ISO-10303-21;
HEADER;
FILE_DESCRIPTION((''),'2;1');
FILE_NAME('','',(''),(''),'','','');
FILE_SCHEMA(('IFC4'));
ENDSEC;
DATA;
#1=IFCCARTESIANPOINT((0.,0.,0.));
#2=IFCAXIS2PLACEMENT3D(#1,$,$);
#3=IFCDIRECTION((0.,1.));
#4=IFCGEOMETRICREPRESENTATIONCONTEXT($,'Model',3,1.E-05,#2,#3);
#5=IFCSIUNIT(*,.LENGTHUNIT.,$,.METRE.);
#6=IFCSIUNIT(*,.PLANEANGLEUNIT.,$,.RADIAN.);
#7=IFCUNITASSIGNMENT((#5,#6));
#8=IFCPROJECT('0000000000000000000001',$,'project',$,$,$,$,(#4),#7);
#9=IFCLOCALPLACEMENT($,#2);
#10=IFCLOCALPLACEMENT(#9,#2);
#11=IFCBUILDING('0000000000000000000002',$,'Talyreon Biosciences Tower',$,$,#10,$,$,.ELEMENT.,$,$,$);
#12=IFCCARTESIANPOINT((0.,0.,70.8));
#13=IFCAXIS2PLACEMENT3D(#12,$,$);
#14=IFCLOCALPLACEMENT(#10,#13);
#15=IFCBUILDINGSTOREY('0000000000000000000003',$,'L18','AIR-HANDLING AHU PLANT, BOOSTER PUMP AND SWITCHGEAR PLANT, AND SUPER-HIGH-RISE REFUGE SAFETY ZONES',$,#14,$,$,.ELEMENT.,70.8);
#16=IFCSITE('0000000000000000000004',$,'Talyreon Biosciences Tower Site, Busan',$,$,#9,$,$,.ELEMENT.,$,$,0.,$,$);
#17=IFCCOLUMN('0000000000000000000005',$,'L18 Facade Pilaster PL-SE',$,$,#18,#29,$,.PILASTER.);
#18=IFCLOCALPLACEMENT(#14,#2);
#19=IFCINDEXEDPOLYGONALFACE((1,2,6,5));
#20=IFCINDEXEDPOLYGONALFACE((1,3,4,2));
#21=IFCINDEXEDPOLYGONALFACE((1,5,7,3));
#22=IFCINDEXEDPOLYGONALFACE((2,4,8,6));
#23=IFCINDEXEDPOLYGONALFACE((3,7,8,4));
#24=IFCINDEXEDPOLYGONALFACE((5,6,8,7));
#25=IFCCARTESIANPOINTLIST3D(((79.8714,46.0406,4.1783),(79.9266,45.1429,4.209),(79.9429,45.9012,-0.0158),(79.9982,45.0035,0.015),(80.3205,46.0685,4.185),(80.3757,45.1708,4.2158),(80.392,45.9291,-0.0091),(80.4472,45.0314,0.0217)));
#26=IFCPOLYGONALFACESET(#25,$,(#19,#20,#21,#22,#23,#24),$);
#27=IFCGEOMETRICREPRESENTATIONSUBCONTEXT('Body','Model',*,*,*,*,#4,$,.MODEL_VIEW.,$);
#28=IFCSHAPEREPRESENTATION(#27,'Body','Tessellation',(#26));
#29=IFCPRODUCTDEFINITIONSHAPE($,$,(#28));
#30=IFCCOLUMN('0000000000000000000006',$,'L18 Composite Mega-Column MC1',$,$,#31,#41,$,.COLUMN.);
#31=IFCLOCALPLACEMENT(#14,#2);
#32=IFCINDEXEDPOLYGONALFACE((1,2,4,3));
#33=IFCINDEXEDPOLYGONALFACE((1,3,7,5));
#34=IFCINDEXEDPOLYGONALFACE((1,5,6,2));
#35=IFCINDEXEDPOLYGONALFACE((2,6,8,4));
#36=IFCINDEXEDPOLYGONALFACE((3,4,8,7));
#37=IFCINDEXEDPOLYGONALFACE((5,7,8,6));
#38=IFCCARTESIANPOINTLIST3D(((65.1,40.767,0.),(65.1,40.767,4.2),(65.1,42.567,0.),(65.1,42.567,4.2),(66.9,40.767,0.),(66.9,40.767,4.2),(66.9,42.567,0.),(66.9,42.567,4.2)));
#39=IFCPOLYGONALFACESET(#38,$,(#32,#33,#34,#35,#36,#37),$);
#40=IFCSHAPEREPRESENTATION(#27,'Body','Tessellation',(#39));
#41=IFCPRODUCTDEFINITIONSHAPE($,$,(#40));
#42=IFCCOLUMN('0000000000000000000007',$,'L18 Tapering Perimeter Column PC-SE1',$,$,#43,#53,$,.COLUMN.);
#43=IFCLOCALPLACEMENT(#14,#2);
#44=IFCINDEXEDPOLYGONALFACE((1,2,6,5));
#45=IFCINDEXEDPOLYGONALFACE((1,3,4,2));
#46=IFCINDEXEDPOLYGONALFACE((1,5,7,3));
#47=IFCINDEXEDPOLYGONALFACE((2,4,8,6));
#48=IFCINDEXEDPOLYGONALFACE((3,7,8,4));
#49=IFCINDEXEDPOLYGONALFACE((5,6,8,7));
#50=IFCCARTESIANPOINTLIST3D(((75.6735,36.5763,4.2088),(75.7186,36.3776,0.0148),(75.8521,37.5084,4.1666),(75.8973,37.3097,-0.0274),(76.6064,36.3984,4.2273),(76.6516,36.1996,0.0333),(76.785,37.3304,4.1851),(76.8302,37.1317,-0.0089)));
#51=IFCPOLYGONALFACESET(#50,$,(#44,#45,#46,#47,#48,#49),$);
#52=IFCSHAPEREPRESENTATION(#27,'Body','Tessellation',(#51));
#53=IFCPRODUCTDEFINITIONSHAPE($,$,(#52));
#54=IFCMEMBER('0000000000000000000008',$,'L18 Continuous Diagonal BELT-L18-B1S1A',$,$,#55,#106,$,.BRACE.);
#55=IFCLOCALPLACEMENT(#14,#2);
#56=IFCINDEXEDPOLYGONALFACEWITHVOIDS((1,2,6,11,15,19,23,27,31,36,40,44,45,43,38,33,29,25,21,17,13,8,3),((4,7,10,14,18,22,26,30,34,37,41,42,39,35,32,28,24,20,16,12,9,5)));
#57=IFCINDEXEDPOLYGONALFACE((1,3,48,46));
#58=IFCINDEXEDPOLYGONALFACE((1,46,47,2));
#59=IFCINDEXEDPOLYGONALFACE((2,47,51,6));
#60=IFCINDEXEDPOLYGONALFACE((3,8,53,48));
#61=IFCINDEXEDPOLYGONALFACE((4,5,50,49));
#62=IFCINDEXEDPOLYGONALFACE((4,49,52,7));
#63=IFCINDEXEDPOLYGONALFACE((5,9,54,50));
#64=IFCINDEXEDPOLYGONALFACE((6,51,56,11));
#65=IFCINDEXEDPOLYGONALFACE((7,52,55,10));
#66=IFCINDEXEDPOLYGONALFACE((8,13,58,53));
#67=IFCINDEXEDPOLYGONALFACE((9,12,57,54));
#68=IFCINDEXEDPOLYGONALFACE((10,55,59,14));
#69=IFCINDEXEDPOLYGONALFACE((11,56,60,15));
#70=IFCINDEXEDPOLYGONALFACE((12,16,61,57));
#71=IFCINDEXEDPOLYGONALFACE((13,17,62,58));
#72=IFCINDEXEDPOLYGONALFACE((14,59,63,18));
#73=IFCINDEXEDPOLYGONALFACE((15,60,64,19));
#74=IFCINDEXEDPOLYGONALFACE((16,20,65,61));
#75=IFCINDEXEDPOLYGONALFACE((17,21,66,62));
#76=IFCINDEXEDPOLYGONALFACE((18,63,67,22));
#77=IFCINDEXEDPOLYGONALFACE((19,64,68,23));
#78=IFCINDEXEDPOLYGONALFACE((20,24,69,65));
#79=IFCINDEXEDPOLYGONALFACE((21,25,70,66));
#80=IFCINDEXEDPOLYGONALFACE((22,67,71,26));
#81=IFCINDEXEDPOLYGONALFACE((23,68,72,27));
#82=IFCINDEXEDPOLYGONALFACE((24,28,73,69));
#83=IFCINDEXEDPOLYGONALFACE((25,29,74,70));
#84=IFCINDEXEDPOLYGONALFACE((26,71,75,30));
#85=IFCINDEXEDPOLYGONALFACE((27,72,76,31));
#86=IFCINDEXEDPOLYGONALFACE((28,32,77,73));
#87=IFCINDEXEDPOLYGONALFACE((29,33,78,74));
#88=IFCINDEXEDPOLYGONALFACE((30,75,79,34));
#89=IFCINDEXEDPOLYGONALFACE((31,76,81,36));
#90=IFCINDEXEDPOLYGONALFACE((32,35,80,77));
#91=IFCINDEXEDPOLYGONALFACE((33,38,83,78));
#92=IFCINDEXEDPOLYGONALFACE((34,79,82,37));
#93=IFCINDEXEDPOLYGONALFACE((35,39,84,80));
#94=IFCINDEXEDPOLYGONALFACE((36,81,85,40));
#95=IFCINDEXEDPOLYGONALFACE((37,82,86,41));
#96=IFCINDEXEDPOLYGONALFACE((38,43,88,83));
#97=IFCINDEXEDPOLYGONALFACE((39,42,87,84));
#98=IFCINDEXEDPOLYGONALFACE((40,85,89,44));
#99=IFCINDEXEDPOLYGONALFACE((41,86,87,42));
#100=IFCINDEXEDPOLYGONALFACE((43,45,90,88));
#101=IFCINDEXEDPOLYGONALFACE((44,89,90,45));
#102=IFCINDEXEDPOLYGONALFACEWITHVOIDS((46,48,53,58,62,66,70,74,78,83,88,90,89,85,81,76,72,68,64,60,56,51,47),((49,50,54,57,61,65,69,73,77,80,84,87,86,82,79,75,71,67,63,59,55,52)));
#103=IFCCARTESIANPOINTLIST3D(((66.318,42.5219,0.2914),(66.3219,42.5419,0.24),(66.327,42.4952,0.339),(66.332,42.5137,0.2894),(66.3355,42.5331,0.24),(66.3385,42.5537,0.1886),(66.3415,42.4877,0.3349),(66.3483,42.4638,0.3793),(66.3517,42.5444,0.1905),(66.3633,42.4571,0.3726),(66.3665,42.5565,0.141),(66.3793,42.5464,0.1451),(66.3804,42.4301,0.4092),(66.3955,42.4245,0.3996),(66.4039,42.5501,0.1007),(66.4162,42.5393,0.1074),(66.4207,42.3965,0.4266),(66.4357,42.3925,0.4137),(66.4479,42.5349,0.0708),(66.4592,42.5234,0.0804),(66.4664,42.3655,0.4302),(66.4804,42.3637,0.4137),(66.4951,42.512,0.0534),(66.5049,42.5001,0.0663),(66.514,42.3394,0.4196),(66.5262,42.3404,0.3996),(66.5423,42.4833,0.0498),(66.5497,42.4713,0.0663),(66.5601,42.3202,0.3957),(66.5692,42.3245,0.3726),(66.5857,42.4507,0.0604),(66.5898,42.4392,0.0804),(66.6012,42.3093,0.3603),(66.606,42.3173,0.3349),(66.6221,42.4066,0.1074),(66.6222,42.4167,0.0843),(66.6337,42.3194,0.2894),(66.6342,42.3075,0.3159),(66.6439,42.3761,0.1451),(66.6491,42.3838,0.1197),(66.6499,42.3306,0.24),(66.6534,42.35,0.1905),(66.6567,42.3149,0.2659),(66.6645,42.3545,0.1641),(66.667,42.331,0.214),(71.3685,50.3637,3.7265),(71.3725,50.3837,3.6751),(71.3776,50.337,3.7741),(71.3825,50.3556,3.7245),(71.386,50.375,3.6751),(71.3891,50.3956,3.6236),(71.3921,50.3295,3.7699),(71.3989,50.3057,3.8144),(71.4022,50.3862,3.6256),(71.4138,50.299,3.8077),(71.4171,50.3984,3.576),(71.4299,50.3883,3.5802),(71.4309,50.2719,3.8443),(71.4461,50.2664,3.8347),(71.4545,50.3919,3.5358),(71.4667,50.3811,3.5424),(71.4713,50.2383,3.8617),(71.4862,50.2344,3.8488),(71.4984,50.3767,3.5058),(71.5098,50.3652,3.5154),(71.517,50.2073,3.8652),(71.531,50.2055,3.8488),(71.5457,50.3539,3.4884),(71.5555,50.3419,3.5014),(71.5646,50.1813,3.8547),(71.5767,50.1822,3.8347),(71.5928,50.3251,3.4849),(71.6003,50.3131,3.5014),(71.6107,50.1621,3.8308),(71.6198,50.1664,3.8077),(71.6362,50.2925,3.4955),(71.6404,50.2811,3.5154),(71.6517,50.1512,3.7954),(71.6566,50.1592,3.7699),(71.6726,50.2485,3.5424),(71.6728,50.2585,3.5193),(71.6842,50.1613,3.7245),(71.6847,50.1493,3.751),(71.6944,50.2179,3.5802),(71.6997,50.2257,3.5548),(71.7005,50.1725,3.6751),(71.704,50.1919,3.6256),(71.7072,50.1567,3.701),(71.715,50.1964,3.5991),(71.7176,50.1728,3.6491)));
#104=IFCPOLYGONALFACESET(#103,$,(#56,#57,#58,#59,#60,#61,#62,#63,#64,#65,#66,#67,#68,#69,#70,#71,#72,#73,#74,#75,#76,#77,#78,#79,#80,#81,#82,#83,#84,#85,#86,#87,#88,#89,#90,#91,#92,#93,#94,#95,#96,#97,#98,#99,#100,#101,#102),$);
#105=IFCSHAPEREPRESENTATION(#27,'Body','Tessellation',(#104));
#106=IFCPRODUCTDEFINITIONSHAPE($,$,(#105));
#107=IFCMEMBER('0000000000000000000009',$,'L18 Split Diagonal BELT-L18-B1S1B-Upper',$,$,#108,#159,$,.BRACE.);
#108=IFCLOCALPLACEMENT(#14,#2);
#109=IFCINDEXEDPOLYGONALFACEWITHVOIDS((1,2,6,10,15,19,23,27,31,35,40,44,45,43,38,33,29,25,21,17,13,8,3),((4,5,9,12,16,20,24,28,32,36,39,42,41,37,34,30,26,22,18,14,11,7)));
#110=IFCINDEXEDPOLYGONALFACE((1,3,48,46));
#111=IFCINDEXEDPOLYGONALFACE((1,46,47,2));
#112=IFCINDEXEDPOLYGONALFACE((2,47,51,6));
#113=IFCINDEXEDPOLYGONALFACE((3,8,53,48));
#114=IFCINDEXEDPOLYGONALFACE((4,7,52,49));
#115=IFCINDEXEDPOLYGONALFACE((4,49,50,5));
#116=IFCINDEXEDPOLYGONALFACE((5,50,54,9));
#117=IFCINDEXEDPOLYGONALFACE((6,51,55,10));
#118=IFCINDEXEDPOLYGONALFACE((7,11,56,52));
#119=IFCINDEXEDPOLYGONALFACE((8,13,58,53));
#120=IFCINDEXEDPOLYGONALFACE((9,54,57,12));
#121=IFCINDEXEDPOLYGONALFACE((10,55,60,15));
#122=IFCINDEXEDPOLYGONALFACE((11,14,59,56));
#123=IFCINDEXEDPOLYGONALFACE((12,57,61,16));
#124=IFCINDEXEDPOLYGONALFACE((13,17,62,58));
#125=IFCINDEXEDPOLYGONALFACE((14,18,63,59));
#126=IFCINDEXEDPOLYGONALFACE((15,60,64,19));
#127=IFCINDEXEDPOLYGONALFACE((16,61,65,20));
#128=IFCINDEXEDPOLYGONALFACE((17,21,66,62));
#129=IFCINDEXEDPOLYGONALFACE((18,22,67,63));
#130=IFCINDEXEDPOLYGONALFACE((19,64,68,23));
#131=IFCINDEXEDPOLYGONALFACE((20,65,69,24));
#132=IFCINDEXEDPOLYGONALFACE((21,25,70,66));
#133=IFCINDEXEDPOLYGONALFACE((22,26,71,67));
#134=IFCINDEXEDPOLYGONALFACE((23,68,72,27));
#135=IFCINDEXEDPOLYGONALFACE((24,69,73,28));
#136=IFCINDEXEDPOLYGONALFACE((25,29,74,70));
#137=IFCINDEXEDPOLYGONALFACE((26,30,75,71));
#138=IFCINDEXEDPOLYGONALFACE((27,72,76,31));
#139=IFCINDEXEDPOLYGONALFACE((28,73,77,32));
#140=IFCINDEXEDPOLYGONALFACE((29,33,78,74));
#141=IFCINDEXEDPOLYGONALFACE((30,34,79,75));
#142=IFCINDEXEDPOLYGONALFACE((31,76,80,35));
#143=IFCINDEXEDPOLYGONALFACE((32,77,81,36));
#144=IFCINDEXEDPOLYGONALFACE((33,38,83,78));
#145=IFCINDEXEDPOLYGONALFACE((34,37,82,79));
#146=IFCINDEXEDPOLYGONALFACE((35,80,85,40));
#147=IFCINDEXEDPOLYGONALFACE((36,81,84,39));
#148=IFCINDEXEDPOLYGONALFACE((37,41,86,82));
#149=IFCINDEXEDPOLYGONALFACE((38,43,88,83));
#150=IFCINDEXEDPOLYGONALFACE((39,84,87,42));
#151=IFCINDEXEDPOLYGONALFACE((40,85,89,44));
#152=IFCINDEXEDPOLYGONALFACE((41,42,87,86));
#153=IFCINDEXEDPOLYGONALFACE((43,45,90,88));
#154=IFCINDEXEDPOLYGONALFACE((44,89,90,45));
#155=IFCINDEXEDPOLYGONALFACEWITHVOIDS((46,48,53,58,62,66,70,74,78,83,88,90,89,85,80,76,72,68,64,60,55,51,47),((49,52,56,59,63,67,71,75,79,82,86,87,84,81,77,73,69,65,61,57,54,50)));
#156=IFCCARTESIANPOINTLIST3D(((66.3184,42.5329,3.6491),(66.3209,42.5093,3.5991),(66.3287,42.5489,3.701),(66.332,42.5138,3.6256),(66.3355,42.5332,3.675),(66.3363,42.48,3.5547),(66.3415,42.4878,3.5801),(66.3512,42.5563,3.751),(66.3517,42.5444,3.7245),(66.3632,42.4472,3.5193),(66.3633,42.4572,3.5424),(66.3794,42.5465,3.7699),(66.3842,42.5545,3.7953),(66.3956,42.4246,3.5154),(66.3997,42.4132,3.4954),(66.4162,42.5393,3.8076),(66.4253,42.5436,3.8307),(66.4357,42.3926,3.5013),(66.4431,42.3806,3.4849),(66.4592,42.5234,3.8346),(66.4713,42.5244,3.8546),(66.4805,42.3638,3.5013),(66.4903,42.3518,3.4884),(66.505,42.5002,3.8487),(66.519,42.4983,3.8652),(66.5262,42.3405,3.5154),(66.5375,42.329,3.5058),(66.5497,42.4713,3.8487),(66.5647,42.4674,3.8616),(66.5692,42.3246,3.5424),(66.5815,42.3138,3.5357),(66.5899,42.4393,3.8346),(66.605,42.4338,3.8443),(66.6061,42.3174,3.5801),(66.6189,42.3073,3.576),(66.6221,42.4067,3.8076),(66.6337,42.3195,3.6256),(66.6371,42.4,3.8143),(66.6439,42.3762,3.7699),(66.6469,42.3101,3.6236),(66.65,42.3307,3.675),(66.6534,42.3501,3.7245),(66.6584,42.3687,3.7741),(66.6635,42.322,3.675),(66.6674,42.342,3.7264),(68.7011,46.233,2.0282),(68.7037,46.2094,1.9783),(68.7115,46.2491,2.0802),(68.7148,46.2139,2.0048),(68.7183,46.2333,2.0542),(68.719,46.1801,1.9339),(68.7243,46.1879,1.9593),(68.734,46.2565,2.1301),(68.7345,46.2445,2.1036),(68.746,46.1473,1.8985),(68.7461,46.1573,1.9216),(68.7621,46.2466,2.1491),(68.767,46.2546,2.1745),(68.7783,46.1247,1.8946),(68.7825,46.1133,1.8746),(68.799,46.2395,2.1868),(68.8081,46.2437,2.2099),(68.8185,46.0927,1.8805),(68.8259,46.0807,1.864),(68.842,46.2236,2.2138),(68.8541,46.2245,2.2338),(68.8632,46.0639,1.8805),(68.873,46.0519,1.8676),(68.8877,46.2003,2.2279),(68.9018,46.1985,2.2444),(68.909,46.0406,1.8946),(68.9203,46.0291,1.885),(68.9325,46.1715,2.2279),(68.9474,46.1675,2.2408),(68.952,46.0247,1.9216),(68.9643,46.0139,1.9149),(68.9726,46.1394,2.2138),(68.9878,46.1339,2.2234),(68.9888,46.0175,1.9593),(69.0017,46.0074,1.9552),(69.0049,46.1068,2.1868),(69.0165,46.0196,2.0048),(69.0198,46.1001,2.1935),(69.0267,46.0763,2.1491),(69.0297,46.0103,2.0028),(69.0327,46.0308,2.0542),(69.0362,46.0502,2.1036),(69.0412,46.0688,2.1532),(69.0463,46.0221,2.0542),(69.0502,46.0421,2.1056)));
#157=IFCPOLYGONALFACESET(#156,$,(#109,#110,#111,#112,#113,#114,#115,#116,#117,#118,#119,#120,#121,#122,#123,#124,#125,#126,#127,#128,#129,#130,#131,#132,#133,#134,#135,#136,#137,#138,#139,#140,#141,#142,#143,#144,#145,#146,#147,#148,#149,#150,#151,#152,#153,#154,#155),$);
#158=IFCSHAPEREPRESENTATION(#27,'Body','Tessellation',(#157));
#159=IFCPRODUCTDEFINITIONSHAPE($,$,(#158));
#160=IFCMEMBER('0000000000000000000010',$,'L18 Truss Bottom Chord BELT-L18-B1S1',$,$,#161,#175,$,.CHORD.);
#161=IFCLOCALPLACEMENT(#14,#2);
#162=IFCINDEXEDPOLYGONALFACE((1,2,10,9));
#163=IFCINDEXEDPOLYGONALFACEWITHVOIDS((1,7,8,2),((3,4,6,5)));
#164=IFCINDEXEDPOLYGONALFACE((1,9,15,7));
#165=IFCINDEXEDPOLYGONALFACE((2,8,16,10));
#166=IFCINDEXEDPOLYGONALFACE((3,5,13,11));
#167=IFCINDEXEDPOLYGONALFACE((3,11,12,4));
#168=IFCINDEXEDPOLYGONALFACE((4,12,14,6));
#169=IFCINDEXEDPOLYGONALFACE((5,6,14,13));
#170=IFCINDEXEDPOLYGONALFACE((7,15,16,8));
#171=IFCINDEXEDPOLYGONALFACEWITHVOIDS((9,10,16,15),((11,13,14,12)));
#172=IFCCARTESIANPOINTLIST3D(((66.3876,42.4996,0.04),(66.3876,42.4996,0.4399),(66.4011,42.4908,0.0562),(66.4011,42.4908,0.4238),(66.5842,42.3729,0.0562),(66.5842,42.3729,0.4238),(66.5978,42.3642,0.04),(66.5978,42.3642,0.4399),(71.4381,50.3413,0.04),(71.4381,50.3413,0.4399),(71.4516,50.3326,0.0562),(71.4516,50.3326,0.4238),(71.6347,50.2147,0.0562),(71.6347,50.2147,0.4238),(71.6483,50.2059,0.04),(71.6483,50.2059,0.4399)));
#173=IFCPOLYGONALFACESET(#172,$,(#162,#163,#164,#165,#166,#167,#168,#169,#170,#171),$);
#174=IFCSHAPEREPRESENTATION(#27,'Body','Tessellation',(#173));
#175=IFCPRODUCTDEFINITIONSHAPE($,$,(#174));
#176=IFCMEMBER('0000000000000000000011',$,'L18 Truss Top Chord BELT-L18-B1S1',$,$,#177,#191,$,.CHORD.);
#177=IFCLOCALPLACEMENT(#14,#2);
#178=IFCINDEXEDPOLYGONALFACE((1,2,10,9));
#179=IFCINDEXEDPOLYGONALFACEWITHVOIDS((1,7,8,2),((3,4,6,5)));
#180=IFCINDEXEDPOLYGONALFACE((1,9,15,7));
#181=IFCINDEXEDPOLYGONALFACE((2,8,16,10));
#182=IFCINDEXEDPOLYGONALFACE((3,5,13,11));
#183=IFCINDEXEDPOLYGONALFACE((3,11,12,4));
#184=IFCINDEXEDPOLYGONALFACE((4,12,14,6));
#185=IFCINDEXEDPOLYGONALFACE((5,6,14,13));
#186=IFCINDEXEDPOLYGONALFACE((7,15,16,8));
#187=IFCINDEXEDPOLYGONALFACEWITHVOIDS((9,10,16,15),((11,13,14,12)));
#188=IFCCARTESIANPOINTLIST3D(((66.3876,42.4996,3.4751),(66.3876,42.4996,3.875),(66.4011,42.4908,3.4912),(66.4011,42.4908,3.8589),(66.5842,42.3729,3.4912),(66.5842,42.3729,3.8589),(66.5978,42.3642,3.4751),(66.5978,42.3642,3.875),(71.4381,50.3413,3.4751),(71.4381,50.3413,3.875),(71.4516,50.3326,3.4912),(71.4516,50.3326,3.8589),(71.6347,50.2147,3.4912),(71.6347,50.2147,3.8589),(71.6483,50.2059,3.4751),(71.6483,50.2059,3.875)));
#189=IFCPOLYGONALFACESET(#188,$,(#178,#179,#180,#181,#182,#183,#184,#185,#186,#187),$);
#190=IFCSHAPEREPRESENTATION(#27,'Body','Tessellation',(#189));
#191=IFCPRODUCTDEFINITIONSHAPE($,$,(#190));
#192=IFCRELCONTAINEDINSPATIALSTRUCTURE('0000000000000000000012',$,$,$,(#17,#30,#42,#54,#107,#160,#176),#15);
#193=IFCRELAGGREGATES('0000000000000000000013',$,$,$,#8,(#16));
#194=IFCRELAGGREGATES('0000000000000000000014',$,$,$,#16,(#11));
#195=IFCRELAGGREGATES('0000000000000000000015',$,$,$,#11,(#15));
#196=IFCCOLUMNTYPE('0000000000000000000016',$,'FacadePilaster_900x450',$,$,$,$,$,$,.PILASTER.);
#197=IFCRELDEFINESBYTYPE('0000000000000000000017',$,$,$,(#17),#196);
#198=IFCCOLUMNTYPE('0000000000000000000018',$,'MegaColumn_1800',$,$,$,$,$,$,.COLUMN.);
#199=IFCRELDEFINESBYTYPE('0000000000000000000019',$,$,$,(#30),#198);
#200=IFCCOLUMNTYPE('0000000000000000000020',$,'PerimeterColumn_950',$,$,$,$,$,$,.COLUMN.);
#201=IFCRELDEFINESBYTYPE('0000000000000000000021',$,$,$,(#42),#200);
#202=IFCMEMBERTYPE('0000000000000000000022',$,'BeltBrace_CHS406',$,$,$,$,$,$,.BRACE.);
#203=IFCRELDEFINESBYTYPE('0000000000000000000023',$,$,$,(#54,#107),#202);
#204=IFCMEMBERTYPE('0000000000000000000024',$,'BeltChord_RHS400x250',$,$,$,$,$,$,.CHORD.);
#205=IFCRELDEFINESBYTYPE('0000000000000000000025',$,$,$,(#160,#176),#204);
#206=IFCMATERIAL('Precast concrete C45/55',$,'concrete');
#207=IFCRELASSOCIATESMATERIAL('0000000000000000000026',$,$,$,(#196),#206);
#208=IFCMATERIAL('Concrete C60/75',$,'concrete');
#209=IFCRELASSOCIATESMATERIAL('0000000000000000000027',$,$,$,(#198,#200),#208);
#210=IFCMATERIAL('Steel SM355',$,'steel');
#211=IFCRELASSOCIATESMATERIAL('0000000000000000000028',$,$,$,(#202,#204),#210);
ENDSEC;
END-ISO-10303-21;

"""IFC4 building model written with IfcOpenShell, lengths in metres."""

from ifc_helpers import new_model, si_unit, direction, frame, origin, origin_2d, place, context, subcontext, project, spatial, rectangle, hollow_rectangle, hollow_circle, extrude, material, material_profile, profile_set, type_object, element, save


model = new_model("IFC4")

# Units and contexts
model_context = context("Model", 3, precision=1e-05, world=origin(), true_north=direction((0.0, 1.0)))
body_context = subcontext(model_context, "Body", "Model", "MODEL_VIEW")
ifc_project = project(units=[si_unit("LENGTHUNIT", "METRE"), si_unit("PLANEANGLEUNIT", "RADIAN")], contexts=[model_context])

# Site, building, storey
site_placement = place(None, origin())
site = spatial("IfcSite", under=ifc_project, at=site_placement, Name="Talyreon Biosciences Tower Site, Busan", CompositionType="ELEMENT", RefElevation=0.0)
building_placement = place(site_placement, origin())
building = spatial("IfcBuilding", under=site, at=building_placement, Name="Talyreon Biosciences Tower", CompositionType="ELEMENT")
storey_placement = place(building_placement, frame((0.0, 0.0, 70.8)))
storey = spatial("IfcBuildingStorey", under=building, at=storey_placement, Name="L18", Description="AIR-HANDLING AHU PLANT, BOOSTER PUMP AND SWITCHGEAR PLANT, AND SUPER-HIGH-RISE REFUGE SAFETY ZONES", CompositionType="ELEMENT", Elevation=70.8)

# Columns
ifc_material_1 = material(Name="Precast concrete C45/55", Category="concrete")
ifc_material_profile_1 = material_profile(ifc_material_1, rectangle(XDim=0.8999, YDim=0.45, at=origin_2d()), Name="RC 900x450")
ifc_profile_set_1 = profile_set([ifc_material_profile_1], Name="Precast concrete C45/55")
column_type_1 = type_object("IfcColumnType", Name="FacadePilaster_900x450", PredefinedType="PILASTER", material=ifc_profile_set_1)
column_1_placement = place(storey_placement, frame((80.1951, 45.4663, 0.0029), z_axis=(-0.017044, 0.033215, 0.999303), x_axis=(0.061348, -0.99753, 0.034203)))
element("IfcColumn", 1, at=column_1_placement, inside=storey, type_object=column_type_1, Name="L18 Facade Pilaster PL-SE", PredefinedType="PILASTER", context=body_context, shape_type="SweptSolid", body=[
    extrude(rectangle(XDim=0.8999, YDim=0.45, at=origin_2d()), origin(), (0.0, 0.0, 1.0), 4.197),
])
ifc_material_2 = material(Name="Concrete C60/75", Category="concrete")
ifc_material_profile_2 = material_profile(ifc_material_2, rectangle(XDim=1.8, YDim=1.8, at=origin_2d()), Name="RC 1800x1800")
ifc_profile_set_2 = profile_set([ifc_material_profile_2], Name="Concrete C60/75")
column_type_2 = type_object("IfcColumnType", Name="MegaColumn_1800", PredefinedType="COLUMN", material=ifc_profile_set_2)
column_2_placement = place(storey_placement, frame((66.0, 41.667, 0.0), z_axis=(0.0, 0.0, 1.0), x_axis=(1.0, 0.0, 0.0)))
element("IfcColumn", 2, at=column_2_placement, inside=storey, type_object=column_type_2, Name="L18 Composite Mega-Column MC1", PredefinedType="COLUMN", context=body_context, shape_type="SweptSolid", body=[
    extrude(rectangle(XDim=1.8, YDim=1.8, at=origin_2d()), origin(), (0.0, 0.0, 1.0), 4.2),
])
ifc_material_profile_3 = material_profile(ifc_material_2, rectangle(XDim=0.95, YDim=0.95, at=origin_2d()), Name="RC 950x950")
ifc_profile_set_3 = profile_set([ifc_material_profile_3], Name="Concrete C60/75")
column_type_3 = type_object("IfcColumnType", Name="PerimeterColumn_950", PredefinedType="COLUMN", material=ifc_profile_set_3)
column_3_placement = place(storey_placement, frame((76.2744, 36.7546, 0.0029), z_axis=(-0.010756, 0.047328, 0.998822), x_axis=(-0.188062, -0.98115, 0.044465)))
element("IfcColumn", 3, at=column_3_placement, inside=storey, type_object=column_type_3, Name="L18 Tapering Perimeter Column PC-SE1", PredefinedType="COLUMN", context=body_context, shape_type="SweptSolid", body=[
    extrude(rectangle(XDim=0.95, YDim=0.95, at=origin_2d()), origin(), (0.0, 0.0, 1.0), 4.199),
])

# Members
ifc_material_3 = material(Name="Steel SM355", Category="steel")
ifc_material_profile_4 = material_profile(ifc_material_3, hollow_circle(Radius=0.2031, WallThickness=0.0161, at=origin_2d()), Name="CHS 406.4x16")
ifc_profile_set_4 = profile_set([ifc_material_profile_4], Name="Steel SM355")
member_type_1 = type_object("IfcMemberType", Name="BeltBrace_CHS406", PredefinedType="BRACE", material=ifc_profile_set_4)
member_1_placement = place(storey_placement, frame((66.4927, 42.4319, 0.24), z_axis=(0.508108, 0.788922, 0.345583), x_axis=(-0.840721, 0.541469, 0.0)))
element("IfcMember", 4, at=member_1_placement, inside=storey, type_object=member_type_1, Name="L18 Continuous Diagonal BELT-L18-B1S1A", PredefinedType="BRACE", context=body_context, shape_type="SweptSolid", body=[
    extrude(hollow_circle(Radius=0.2031, WallThickness=0.0161, at=origin_2d()), origin(), (0.0, 0.0, 1.0), 9.9399),
])
member_2_placement = place(storey_placement, frame((68.8755, 46.1321, 2.0542), z_axis=(-0.508059, -0.788949, 0.345595), x_axis=(0.840753, -0.541419, 0.0)))
element("IfcMember", 5, at=member_2_placement, inside=storey, type_object=member_type_1, Name="L18 Split Diagonal BELT-L18-B1S1B-Upper", PredefinedType="BRACE", context=body_context, shape_type="SweptSolid", body=[
    extrude(hollow_circle(Radius=0.2031, WallThickness=0.0161, at=origin_2d()), origin(), (0.0, 0.0, 1.0), 4.6899),
])
ifc_material_profile_5 = material_profile(ifc_material_3, hollow_rectangle(XDim=0.25, YDim=0.3999, WallThickness=0.0161, at=origin_2d()), Name="RHS 400x250x16")
ifc_profile_set_5 = profile_set([ifc_material_profile_5], Name="Steel SM355")
member_type_2 = type_object("IfcMemberType", Name="BeltChord_RHS400x250", PredefinedType="CHORD", material=ifc_profile_set_5)
for number, where, z_axis, x_axis, name in (
    (6, (66.4927, 42.4319, 0.24), (0.541469, 0.840721, 0.0), (-0.840721, 0.541469, 0.0), "L18 Truss Bottom Chord BELT-L18-B1S1"),
    (7, (66.4927, 42.4319, 3.675), (0.541469, 0.840721, 0.0), (-0.840721, 0.541469, 0.0), "L18 Truss Top Chord BELT-L18-B1S1"),
):
    element("IfcMember", number, at=place(storey_placement, frame(where, z_axis=z_axis, x_axis=x_axis)), inside=storey, type_object=member_type_2, Name=name, PredefinedType="CHORD", context=body_context, shape_type="SweptSolid", body=[
        extrude(hollow_rectangle(XDim=0.25, YDim=0.3999, WallThickness=0.0161, at=origin_2d()), origin(), (0.0, 0.0, 1.0), 9.3274),
    ])

save(model, "model.ifc")
